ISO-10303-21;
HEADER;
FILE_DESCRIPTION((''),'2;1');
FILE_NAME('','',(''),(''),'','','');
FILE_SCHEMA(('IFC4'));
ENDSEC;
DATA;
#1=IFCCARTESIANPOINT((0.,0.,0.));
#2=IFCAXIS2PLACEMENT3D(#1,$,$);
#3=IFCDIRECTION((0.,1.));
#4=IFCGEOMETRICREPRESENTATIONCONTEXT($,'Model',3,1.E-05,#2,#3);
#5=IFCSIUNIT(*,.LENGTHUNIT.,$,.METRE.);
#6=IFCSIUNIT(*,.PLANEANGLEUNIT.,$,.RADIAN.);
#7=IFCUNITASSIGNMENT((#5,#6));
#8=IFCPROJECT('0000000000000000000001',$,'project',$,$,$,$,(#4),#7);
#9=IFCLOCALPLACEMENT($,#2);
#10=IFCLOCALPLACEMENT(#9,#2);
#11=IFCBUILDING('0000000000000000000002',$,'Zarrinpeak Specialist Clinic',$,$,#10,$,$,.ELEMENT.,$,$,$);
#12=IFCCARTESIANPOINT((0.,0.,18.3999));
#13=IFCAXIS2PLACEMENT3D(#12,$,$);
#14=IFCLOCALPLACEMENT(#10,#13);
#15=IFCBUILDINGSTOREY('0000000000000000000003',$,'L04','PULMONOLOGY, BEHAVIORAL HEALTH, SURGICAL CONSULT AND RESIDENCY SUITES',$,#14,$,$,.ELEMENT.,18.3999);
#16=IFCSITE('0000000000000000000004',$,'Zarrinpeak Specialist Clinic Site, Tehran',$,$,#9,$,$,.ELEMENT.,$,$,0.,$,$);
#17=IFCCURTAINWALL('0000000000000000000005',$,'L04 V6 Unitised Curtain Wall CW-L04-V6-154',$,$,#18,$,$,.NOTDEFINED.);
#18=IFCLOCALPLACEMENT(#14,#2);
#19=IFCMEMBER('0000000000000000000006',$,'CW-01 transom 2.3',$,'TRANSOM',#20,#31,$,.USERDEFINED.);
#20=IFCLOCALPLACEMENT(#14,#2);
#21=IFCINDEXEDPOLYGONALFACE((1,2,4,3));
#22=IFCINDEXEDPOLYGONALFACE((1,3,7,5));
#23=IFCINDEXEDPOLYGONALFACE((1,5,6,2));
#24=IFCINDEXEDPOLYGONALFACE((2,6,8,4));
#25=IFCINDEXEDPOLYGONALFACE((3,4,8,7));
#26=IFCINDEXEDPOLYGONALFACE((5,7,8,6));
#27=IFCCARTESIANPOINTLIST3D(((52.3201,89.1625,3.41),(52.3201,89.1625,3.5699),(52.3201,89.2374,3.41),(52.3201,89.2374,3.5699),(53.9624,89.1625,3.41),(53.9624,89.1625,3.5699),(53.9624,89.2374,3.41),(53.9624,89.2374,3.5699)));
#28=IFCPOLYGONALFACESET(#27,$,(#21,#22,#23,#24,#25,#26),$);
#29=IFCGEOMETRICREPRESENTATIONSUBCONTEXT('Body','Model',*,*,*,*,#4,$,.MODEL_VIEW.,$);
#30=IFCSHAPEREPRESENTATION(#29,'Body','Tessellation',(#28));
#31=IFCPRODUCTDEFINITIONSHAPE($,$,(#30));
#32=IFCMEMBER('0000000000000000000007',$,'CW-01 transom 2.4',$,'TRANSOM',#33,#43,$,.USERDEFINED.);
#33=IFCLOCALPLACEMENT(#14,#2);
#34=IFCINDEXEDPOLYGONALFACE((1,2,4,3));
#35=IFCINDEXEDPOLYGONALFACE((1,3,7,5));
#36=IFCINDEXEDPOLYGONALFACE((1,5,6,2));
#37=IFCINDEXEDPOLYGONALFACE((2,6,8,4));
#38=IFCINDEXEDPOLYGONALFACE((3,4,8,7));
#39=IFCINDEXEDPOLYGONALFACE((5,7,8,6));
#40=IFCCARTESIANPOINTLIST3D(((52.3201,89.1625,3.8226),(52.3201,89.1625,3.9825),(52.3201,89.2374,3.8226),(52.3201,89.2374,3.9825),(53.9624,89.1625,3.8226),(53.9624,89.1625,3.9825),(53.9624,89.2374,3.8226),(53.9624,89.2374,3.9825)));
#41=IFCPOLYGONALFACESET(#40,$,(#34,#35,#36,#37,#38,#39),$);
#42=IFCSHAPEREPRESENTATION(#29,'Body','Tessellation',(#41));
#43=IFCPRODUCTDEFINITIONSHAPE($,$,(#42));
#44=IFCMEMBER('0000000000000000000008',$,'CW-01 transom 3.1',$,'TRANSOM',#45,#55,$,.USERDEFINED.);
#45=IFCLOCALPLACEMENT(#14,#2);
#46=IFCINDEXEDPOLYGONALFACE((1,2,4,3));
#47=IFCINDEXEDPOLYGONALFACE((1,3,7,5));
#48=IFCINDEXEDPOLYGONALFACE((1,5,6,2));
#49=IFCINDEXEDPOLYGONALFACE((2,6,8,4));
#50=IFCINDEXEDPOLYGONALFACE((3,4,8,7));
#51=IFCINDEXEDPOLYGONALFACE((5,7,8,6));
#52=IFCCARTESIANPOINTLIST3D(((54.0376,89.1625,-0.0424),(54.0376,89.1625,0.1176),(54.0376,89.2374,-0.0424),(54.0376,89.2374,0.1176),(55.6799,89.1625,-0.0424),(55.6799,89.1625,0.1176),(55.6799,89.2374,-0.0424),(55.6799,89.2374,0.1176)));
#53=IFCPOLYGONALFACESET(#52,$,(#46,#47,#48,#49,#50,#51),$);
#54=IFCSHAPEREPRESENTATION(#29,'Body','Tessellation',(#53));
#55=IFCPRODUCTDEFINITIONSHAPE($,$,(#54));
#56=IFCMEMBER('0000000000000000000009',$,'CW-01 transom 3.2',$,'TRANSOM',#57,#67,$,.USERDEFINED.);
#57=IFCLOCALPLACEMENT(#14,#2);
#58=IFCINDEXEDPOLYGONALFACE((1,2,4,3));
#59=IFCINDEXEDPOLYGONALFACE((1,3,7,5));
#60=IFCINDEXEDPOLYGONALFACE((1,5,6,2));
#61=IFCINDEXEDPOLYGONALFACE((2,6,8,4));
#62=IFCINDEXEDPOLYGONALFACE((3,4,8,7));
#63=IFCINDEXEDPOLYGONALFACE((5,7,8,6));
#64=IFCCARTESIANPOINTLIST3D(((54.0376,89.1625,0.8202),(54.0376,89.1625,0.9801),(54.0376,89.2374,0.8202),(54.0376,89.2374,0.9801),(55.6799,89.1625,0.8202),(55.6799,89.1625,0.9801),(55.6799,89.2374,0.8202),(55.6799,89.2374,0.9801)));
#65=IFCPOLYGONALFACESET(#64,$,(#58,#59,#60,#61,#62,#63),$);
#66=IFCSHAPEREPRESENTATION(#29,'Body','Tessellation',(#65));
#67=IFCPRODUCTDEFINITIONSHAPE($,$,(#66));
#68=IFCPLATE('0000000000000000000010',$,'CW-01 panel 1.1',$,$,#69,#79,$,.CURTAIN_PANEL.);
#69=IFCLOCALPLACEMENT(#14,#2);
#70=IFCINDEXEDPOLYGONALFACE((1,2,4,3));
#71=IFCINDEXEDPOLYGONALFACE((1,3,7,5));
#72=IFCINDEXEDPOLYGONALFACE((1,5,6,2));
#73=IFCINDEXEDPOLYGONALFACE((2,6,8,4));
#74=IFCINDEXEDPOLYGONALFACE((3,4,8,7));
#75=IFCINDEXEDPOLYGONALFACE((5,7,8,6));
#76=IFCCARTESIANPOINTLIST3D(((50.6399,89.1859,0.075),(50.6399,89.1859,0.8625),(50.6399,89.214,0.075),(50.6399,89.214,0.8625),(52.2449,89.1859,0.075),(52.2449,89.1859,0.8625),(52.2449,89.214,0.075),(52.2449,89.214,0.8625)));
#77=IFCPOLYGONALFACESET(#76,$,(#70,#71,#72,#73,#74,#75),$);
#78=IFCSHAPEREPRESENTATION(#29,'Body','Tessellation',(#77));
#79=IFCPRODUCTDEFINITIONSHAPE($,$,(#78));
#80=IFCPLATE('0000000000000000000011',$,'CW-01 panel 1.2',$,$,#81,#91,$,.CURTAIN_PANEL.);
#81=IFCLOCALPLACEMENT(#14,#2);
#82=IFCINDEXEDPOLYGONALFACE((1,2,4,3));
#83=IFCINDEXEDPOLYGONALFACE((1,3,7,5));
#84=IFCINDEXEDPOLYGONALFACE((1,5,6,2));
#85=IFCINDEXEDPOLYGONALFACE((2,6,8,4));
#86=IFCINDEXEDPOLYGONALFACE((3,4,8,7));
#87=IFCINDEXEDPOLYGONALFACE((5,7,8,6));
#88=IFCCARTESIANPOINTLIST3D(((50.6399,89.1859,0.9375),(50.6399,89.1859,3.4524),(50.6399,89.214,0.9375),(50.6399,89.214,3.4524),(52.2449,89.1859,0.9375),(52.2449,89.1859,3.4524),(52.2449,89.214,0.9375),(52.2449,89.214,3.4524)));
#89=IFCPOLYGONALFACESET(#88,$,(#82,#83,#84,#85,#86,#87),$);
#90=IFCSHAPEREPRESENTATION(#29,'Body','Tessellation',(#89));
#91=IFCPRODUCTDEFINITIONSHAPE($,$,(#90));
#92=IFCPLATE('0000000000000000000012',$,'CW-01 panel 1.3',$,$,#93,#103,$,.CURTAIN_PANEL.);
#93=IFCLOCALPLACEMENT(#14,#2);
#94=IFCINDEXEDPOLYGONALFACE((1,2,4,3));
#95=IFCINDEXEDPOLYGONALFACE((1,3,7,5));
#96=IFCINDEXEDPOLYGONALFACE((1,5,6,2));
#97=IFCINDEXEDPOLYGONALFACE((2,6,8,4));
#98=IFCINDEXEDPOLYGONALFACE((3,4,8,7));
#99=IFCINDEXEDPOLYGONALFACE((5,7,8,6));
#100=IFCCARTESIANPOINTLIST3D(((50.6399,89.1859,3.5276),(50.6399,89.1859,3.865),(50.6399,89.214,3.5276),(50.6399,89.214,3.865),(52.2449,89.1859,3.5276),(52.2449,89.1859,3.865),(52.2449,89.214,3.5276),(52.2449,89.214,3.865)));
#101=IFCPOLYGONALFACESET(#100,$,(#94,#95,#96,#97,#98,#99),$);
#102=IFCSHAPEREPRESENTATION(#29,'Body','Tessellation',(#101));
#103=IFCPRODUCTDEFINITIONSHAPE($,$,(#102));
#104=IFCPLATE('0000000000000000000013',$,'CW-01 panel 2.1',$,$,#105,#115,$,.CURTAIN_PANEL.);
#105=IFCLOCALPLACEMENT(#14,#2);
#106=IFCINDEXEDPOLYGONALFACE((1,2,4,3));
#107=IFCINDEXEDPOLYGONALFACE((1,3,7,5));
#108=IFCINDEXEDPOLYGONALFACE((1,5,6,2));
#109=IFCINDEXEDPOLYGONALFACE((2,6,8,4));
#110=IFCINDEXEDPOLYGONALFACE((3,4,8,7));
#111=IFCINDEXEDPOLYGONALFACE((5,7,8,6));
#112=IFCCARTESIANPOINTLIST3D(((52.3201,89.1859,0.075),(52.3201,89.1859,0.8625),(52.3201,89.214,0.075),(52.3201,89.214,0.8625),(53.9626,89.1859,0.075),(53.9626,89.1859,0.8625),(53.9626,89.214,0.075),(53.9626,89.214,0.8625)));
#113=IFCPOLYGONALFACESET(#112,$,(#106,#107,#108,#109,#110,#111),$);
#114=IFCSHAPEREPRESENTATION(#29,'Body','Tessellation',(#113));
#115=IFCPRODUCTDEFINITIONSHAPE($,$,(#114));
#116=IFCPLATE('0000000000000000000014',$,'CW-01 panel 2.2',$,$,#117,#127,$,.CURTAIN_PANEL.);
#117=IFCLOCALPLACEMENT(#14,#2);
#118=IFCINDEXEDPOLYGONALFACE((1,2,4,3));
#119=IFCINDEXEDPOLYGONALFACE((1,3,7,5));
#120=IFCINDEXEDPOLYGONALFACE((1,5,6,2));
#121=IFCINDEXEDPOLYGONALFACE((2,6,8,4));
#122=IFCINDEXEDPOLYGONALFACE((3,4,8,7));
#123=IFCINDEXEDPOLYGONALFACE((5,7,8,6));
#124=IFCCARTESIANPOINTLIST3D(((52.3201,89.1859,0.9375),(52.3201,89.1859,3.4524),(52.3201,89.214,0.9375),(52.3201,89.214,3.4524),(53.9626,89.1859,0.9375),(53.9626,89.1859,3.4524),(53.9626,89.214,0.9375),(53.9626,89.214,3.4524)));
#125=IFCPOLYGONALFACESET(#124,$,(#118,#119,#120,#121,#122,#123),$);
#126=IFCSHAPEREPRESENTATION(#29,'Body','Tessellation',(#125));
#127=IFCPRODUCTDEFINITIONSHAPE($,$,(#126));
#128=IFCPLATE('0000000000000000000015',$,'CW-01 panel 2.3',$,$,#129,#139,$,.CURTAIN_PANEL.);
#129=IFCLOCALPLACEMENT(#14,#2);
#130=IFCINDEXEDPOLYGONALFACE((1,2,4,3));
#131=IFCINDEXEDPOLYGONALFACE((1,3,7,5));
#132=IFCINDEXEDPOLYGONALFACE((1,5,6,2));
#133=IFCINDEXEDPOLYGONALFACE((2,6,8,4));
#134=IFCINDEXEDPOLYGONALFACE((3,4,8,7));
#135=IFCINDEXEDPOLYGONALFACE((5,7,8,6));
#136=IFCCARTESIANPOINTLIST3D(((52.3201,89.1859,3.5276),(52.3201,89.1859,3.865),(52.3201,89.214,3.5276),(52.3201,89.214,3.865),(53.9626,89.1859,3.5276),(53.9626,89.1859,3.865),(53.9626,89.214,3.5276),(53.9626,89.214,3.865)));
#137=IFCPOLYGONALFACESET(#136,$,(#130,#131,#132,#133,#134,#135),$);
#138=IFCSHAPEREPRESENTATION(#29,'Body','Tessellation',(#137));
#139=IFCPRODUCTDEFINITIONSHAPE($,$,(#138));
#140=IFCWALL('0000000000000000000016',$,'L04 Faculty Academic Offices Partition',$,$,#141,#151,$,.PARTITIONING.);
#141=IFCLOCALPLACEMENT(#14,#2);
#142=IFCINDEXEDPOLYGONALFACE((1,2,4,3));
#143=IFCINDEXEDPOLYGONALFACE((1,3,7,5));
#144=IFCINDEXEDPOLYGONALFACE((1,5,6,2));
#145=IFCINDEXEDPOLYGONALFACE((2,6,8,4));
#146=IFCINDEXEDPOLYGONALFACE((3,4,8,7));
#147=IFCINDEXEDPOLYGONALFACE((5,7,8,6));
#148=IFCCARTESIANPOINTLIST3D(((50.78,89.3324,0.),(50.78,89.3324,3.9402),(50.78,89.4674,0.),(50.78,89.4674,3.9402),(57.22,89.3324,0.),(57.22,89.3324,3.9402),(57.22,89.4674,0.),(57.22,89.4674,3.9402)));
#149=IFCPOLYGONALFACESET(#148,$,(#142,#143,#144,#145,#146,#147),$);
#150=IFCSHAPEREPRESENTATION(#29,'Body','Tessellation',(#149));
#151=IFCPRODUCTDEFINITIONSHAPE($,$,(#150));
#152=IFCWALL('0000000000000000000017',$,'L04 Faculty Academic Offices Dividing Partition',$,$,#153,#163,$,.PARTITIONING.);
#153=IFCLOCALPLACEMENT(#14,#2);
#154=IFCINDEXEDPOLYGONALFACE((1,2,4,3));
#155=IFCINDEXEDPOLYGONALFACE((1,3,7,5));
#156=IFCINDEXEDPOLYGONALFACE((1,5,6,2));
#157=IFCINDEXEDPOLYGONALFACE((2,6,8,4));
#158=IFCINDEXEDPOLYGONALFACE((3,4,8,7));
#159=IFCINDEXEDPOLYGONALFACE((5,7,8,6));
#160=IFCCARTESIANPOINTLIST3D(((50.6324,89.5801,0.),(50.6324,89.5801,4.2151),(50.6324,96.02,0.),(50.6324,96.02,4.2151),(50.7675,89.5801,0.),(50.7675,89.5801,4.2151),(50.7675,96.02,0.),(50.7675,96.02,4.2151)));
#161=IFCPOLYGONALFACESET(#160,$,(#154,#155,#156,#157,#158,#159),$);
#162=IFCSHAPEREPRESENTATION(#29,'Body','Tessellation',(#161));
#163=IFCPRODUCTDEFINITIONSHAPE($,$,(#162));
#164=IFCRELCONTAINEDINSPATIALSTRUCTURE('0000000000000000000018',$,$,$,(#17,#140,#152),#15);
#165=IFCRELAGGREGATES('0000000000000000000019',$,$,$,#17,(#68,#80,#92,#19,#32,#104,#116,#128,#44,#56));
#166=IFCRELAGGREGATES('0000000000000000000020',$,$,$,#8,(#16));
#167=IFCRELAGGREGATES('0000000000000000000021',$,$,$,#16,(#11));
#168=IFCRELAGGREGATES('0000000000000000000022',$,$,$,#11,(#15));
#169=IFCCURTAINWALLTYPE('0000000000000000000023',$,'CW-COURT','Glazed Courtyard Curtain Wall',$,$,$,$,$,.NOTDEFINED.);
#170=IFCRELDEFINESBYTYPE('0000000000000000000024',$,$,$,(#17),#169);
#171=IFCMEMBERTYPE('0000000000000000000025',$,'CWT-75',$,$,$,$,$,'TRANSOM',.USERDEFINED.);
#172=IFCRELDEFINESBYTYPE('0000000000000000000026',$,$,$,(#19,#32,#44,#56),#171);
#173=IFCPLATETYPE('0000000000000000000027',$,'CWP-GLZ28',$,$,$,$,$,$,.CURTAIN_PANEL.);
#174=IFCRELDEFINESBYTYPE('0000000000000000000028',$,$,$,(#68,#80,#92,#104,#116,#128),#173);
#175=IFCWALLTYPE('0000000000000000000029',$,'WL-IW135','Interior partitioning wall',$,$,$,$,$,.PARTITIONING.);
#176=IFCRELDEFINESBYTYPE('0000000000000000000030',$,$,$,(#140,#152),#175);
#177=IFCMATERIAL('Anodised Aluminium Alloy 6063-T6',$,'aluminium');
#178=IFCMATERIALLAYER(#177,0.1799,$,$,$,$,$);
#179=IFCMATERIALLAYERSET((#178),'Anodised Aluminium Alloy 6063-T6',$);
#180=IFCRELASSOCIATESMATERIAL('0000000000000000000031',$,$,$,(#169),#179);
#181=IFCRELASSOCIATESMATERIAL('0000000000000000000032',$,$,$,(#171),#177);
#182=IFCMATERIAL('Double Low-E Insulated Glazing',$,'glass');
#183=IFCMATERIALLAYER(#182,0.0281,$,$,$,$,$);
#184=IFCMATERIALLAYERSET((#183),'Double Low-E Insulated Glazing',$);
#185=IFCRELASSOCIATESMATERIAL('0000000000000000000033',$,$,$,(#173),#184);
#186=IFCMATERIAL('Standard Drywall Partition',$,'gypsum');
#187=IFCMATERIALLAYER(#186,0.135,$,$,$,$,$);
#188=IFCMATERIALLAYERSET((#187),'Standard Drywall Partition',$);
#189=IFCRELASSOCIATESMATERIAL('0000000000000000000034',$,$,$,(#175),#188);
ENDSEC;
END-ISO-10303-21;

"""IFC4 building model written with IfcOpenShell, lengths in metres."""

from ifc_helpers import new_model, si_unit, direction, frame, frame_2d, origin, origin_2d, place, context, subcontext, project, spatial, rectangle, extrude, material, layer, layer_set, material_profile, profile_set, type_object, element, aggregate, save


model = new_model("IFC4")

# Units and contexts
model_context = context("Model", 3, precision=1e-05, world=origin(), true_north=direction((0.0, 1.0)))
body_context = subcontext(model_context, "Body", "Model", "MODEL_VIEW")
ifc_project = project(units=[si_unit("LENGTHUNIT", "METRE"), si_unit("PLANEANGLEUNIT", "RADIAN")], contexts=[model_context])

# Site, building, storey
site_placement = place(None, origin())
site = spatial("IfcSite", under=ifc_project, at=site_placement, Name="Zarrinpeak Specialist Clinic Site, Tehran", CompositionType="ELEMENT", RefElevation=0.0)
building_placement = place(site_placement, origin())
building = spatial("IfcBuilding", under=site, at=building_placement, Name="Zarrinpeak Specialist Clinic", CompositionType="ELEMENT")
storey_placement = place(building_placement, frame((0.0, 0.0, 18.3999)))
storey = spatial("IfcBuildingStorey", under=building, at=storey_placement, Name="L04", Description="PULMONOLOGY, BEHAVIORAL HEALTH, SURGICAL CONSULT AND RESIDENCY SUITES", CompositionType="ELEMENT", Elevation=18.3999)

# Curtain wall, members, plates
ifc_material_1 = material(Name="Anodised Aluminium Alloy 6063-T6", Category="aluminium")
ifc_layer_1 = layer(ifc_material_1, 0.1799)
ifc_layer_set_1 = layer_set([ifc_layer_1], Name="Anodised Aluminium Alloy 6063-T6")
curtain_wall_type = type_object("IfcCurtainWallType", Name="CW-COURT", Description="Glazed Courtyard Curtain Wall", PredefinedType="NOTDEFINED", material=ifc_layer_set_1)
curtain_wall_placement = place(storey_placement, origin())
curtain_wall = element("IfcCurtainWall", 1, at=curtain_wall_placement, inside=storey, type_object=curtain_wall_type, Name="L04 V6 Unitised Curtain Wall CW-L04-V6-154", PredefinedType="NOTDEFINED")
ifc_material_profile_1 = material_profile(ifc_material_1, rectangle(XDim=0.075, YDim=0.1599, at=origin_2d()), Name="ALU 75x160")
ifc_profile_set_1 = profile_set([ifc_material_profile_1], Name="Anodised Aluminium Alloy 6063-T6")
member_type_1 = type_object("IfcMemberType", Name="CWT-75", ElementType="TRANSOM", PredefinedType="USERDEFINED", material=ifc_profile_set_1)
member_1_placement = place(storey_placement, frame((52.3201, 89.2, 3.49), z_axis=(1.0, 0.0, 0.0), x_axis=(0.0, 1.0, 0.0)))
member_1 = element("IfcMember", 2, at=member_1_placement, type_object=member_type_1, Name="CW-01 transom 2.3", ObjectType="TRANSOM", PredefinedType="USERDEFINED", context=body_context, shape_type="SweptSolid", body=[
    extrude(rectangle(XDim=0.075, YDim=0.1599, at=origin_2d()), origin(), (0.0, 0.0, 1.0), 1.6423),
])
member_2_placement = place(storey_placement, frame((52.3201, 89.2, 3.9026), z_axis=(1.0, 0.0, 0.0), x_axis=(0.0, 1.0, 0.0)))
member_2 = element("IfcMember", 3, at=member_2_placement, type_object=member_type_1, Name="CW-01 transom 2.4", ObjectType="TRANSOM", PredefinedType="USERDEFINED", context=body_context, shape_type="SweptSolid", body=[
    extrude(rectangle(XDim=0.075, YDim=0.1599, at=origin_2d()), origin(), (0.0, 0.0, 1.0), 1.6423),
])
member_3_placement = place(storey_placement, frame((54.0376, 89.2, 0.0376), z_axis=(1.0, 0.0, 0.0), x_axis=(0.0, 1.0, 0.0)))
member_3 = element("IfcMember", 4, at=member_3_placement, type_object=member_type_1, Name="CW-01 transom 3.1", ObjectType="TRANSOM", PredefinedType="USERDEFINED", context=body_context, shape_type="SweptSolid", body=[
    extrude(rectangle(XDim=0.075, YDim=0.1599, at=origin_2d()), origin(), (0.0, 0.0, 1.0), 1.6423),
])
member_4_placement = place(storey_placement, frame((54.0376, 89.2, 0.9001), z_axis=(1.0, 0.0, 0.0), x_axis=(0.0, 1.0, 0.0)))
member_4 = element("IfcMember", 5, at=member_4_placement, type_object=member_type_1, Name="CW-01 transom 3.2", ObjectType="TRANSOM", PredefinedType="USERDEFINED", context=body_context, shape_type="SweptSolid", body=[
    extrude(rectangle(XDim=0.075, YDim=0.1599, at=origin_2d()), origin(), (0.0, 0.0, 1.0), 1.6423),
])
ifc_material_2 = material(Name="Double Low-E Insulated Glazing", Category="glass")
ifc_layer_2 = layer(ifc_material_2, 0.0281)
ifc_layer_set_2 = layer_set([ifc_layer_2], Name="Double Low-E Insulated Glazing")
plate_type = type_object("IfcPlateType", Name="CWP-GLZ28", PredefinedType="CURTAIN_PANEL", material=ifc_layer_set_2)
plate_1_placement = place(storey_placement, frame((51.4424, 89.2, 0.075), z_axis=(0.0, 0.0, 1.0), x_axis=(1.0, 0.0, 0.0)))
plate_1 = element("IfcPlate", 6, at=plate_1_placement, type_object=plate_type, Name="CW-01 panel 1.1", PredefinedType="CURTAIN_PANEL", context=body_context, shape_type="SweptSolid", body=[
    extrude(rectangle(XDim=1.605, YDim=0.0281, at=origin_2d()), origin(), (0.0, 0.0, 1.0), 0.7876),
])
plate_2_placement = place(storey_placement, frame((51.4424, 89.2, 0.9375), z_axis=(0.0, 0.0, 1.0), x_axis=(1.0, 0.0, 0.0)))
plate_2 = element("IfcPlate", 7, at=plate_2_placement, type_object=plate_type, Name="CW-01 panel 1.2", PredefinedType="CURTAIN_PANEL", context=body_context, shape_type="SweptSolid", body=[
    extrude(rectangle(XDim=1.605, YDim=0.0281, at=origin_2d()), origin(), (0.0, 0.0, 1.0), 2.5149),
])
plate_3_placement = place(storey_placement, frame((51.4424, 89.2, 3.5276), z_axis=(0.0, 0.0, 1.0), x_axis=(1.0, 0.0, 0.0)))
plate_3 = element("IfcPlate", 8, at=plate_3_placement, type_object=plate_type, Name="CW-01 panel 1.3", PredefinedType="CURTAIN_PANEL", context=body_context, shape_type="SweptSolid", body=[
    extrude(rectangle(XDim=1.605, YDim=0.0281, at=origin_2d()), origin(), (0.0, 0.0, 1.0), 0.3374),
])
plate_4_placement = place(storey_placement, frame((53.1414, 89.2, 0.075), z_axis=(0.0, 0.0, 1.0), x_axis=(1.0, 0.0, 0.0)))
plate_4 = element("IfcPlate", 9, at=plate_4_placement, type_object=plate_type, Name="CW-01 panel 2.1", PredefinedType="CURTAIN_PANEL", context=body_context, shape_type="SweptSolid", body=[
    extrude(rectangle(XDim=1.6426, YDim=0.0281, at=origin_2d()), origin(), (0.0, 0.0, 1.0), 0.7876),
])
plate_5_placement = place(storey_placement, frame((53.1414, 89.2, 0.9375), z_axis=(0.0, 0.0, 1.0), x_axis=(1.0, 0.0, 0.0)))
plate_5 = element("IfcPlate", 10, at=plate_5_placement, type_object=plate_type, Name="CW-01 panel 2.2", PredefinedType="CURTAIN_PANEL", context=body_context, shape_type="SweptSolid", body=[
    extrude(rectangle(XDim=1.6426, YDim=0.0281, at=origin_2d()), origin(), (0.0, 0.0, 1.0), 2.5149),
])
plate_6_placement = place(storey_placement, frame((53.1414, 89.2, 3.5276), z_axis=(0.0, 0.0, 1.0), x_axis=(1.0, 0.0, 0.0)))
plate_6 = element("IfcPlate", 11, at=plate_6_placement, type_object=plate_type, Name="CW-01 panel 2.3", PredefinedType="CURTAIN_PANEL", context=body_context, shape_type="SweptSolid", body=[
    extrude(rectangle(XDim=1.6426, YDim=0.0281, at=origin_2d()), origin(), (0.0, 0.0, 1.0), 0.3374),
])
aggregate(curtain_wall, [plate_1, plate_2, plate_3, member_1, member_2, plate_4, plate_5, plate_6, member_3, member_4])

# Walls
ifc_material_3 = material(Name="Standard Drywall Partition", Category="gypsum")
ifc_layer_3 = layer(ifc_material_3, 0.135)
ifc_layer_set_3 = layer_set([ifc_layer_3], Name="Standard Drywall Partition")
wall_type = type_object("IfcWallType", Name="WL-IW135", Description="Interior partitioning wall", PredefinedType="PARTITIONING", material=ifc_layer_set_3)
wall_1_placement = place(storey_placement, frame((50.78, 89.3999, 0.0), z_axis=(0.0, 0.0, 1.0), x_axis=(1.0, 0.0, 0.0)))
element("IfcWall", 12, at=wall_1_placement, inside=storey, type_object=wall_type, Name="L04 Faculty Academic Offices Partition", PredefinedType="PARTITIONING", context=body_context, shape_type="SweptSolid", body=[
    extrude(rectangle(XDim=6.4399, YDim=0.135, at=frame_2d((3.22, 0.0))), origin(), (0.0, 0.0, 1.0), 3.9402),
])
wall_2_placement = place(storey_placement, frame((50.7, 89.5801, 0.0), z_axis=(0.0, 0.0, 1.0), x_axis=(0.0, 1.0, 0.0)))
element("IfcWall", 13, at=wall_2_placement, inside=storey, type_object=wall_type, Name="L04 Faculty Academic Offices Dividing Partition", PredefinedType="PARTITIONING", context=body_context, shape_type="SweptSolid", body=[
    extrude(rectangle(XDim=6.4399, YDim=0.135, at=frame_2d((3.22, 0.0))), origin(), (0.0, 0.0, 1.0), 4.2151),
])

save(model, "model.ifc")
